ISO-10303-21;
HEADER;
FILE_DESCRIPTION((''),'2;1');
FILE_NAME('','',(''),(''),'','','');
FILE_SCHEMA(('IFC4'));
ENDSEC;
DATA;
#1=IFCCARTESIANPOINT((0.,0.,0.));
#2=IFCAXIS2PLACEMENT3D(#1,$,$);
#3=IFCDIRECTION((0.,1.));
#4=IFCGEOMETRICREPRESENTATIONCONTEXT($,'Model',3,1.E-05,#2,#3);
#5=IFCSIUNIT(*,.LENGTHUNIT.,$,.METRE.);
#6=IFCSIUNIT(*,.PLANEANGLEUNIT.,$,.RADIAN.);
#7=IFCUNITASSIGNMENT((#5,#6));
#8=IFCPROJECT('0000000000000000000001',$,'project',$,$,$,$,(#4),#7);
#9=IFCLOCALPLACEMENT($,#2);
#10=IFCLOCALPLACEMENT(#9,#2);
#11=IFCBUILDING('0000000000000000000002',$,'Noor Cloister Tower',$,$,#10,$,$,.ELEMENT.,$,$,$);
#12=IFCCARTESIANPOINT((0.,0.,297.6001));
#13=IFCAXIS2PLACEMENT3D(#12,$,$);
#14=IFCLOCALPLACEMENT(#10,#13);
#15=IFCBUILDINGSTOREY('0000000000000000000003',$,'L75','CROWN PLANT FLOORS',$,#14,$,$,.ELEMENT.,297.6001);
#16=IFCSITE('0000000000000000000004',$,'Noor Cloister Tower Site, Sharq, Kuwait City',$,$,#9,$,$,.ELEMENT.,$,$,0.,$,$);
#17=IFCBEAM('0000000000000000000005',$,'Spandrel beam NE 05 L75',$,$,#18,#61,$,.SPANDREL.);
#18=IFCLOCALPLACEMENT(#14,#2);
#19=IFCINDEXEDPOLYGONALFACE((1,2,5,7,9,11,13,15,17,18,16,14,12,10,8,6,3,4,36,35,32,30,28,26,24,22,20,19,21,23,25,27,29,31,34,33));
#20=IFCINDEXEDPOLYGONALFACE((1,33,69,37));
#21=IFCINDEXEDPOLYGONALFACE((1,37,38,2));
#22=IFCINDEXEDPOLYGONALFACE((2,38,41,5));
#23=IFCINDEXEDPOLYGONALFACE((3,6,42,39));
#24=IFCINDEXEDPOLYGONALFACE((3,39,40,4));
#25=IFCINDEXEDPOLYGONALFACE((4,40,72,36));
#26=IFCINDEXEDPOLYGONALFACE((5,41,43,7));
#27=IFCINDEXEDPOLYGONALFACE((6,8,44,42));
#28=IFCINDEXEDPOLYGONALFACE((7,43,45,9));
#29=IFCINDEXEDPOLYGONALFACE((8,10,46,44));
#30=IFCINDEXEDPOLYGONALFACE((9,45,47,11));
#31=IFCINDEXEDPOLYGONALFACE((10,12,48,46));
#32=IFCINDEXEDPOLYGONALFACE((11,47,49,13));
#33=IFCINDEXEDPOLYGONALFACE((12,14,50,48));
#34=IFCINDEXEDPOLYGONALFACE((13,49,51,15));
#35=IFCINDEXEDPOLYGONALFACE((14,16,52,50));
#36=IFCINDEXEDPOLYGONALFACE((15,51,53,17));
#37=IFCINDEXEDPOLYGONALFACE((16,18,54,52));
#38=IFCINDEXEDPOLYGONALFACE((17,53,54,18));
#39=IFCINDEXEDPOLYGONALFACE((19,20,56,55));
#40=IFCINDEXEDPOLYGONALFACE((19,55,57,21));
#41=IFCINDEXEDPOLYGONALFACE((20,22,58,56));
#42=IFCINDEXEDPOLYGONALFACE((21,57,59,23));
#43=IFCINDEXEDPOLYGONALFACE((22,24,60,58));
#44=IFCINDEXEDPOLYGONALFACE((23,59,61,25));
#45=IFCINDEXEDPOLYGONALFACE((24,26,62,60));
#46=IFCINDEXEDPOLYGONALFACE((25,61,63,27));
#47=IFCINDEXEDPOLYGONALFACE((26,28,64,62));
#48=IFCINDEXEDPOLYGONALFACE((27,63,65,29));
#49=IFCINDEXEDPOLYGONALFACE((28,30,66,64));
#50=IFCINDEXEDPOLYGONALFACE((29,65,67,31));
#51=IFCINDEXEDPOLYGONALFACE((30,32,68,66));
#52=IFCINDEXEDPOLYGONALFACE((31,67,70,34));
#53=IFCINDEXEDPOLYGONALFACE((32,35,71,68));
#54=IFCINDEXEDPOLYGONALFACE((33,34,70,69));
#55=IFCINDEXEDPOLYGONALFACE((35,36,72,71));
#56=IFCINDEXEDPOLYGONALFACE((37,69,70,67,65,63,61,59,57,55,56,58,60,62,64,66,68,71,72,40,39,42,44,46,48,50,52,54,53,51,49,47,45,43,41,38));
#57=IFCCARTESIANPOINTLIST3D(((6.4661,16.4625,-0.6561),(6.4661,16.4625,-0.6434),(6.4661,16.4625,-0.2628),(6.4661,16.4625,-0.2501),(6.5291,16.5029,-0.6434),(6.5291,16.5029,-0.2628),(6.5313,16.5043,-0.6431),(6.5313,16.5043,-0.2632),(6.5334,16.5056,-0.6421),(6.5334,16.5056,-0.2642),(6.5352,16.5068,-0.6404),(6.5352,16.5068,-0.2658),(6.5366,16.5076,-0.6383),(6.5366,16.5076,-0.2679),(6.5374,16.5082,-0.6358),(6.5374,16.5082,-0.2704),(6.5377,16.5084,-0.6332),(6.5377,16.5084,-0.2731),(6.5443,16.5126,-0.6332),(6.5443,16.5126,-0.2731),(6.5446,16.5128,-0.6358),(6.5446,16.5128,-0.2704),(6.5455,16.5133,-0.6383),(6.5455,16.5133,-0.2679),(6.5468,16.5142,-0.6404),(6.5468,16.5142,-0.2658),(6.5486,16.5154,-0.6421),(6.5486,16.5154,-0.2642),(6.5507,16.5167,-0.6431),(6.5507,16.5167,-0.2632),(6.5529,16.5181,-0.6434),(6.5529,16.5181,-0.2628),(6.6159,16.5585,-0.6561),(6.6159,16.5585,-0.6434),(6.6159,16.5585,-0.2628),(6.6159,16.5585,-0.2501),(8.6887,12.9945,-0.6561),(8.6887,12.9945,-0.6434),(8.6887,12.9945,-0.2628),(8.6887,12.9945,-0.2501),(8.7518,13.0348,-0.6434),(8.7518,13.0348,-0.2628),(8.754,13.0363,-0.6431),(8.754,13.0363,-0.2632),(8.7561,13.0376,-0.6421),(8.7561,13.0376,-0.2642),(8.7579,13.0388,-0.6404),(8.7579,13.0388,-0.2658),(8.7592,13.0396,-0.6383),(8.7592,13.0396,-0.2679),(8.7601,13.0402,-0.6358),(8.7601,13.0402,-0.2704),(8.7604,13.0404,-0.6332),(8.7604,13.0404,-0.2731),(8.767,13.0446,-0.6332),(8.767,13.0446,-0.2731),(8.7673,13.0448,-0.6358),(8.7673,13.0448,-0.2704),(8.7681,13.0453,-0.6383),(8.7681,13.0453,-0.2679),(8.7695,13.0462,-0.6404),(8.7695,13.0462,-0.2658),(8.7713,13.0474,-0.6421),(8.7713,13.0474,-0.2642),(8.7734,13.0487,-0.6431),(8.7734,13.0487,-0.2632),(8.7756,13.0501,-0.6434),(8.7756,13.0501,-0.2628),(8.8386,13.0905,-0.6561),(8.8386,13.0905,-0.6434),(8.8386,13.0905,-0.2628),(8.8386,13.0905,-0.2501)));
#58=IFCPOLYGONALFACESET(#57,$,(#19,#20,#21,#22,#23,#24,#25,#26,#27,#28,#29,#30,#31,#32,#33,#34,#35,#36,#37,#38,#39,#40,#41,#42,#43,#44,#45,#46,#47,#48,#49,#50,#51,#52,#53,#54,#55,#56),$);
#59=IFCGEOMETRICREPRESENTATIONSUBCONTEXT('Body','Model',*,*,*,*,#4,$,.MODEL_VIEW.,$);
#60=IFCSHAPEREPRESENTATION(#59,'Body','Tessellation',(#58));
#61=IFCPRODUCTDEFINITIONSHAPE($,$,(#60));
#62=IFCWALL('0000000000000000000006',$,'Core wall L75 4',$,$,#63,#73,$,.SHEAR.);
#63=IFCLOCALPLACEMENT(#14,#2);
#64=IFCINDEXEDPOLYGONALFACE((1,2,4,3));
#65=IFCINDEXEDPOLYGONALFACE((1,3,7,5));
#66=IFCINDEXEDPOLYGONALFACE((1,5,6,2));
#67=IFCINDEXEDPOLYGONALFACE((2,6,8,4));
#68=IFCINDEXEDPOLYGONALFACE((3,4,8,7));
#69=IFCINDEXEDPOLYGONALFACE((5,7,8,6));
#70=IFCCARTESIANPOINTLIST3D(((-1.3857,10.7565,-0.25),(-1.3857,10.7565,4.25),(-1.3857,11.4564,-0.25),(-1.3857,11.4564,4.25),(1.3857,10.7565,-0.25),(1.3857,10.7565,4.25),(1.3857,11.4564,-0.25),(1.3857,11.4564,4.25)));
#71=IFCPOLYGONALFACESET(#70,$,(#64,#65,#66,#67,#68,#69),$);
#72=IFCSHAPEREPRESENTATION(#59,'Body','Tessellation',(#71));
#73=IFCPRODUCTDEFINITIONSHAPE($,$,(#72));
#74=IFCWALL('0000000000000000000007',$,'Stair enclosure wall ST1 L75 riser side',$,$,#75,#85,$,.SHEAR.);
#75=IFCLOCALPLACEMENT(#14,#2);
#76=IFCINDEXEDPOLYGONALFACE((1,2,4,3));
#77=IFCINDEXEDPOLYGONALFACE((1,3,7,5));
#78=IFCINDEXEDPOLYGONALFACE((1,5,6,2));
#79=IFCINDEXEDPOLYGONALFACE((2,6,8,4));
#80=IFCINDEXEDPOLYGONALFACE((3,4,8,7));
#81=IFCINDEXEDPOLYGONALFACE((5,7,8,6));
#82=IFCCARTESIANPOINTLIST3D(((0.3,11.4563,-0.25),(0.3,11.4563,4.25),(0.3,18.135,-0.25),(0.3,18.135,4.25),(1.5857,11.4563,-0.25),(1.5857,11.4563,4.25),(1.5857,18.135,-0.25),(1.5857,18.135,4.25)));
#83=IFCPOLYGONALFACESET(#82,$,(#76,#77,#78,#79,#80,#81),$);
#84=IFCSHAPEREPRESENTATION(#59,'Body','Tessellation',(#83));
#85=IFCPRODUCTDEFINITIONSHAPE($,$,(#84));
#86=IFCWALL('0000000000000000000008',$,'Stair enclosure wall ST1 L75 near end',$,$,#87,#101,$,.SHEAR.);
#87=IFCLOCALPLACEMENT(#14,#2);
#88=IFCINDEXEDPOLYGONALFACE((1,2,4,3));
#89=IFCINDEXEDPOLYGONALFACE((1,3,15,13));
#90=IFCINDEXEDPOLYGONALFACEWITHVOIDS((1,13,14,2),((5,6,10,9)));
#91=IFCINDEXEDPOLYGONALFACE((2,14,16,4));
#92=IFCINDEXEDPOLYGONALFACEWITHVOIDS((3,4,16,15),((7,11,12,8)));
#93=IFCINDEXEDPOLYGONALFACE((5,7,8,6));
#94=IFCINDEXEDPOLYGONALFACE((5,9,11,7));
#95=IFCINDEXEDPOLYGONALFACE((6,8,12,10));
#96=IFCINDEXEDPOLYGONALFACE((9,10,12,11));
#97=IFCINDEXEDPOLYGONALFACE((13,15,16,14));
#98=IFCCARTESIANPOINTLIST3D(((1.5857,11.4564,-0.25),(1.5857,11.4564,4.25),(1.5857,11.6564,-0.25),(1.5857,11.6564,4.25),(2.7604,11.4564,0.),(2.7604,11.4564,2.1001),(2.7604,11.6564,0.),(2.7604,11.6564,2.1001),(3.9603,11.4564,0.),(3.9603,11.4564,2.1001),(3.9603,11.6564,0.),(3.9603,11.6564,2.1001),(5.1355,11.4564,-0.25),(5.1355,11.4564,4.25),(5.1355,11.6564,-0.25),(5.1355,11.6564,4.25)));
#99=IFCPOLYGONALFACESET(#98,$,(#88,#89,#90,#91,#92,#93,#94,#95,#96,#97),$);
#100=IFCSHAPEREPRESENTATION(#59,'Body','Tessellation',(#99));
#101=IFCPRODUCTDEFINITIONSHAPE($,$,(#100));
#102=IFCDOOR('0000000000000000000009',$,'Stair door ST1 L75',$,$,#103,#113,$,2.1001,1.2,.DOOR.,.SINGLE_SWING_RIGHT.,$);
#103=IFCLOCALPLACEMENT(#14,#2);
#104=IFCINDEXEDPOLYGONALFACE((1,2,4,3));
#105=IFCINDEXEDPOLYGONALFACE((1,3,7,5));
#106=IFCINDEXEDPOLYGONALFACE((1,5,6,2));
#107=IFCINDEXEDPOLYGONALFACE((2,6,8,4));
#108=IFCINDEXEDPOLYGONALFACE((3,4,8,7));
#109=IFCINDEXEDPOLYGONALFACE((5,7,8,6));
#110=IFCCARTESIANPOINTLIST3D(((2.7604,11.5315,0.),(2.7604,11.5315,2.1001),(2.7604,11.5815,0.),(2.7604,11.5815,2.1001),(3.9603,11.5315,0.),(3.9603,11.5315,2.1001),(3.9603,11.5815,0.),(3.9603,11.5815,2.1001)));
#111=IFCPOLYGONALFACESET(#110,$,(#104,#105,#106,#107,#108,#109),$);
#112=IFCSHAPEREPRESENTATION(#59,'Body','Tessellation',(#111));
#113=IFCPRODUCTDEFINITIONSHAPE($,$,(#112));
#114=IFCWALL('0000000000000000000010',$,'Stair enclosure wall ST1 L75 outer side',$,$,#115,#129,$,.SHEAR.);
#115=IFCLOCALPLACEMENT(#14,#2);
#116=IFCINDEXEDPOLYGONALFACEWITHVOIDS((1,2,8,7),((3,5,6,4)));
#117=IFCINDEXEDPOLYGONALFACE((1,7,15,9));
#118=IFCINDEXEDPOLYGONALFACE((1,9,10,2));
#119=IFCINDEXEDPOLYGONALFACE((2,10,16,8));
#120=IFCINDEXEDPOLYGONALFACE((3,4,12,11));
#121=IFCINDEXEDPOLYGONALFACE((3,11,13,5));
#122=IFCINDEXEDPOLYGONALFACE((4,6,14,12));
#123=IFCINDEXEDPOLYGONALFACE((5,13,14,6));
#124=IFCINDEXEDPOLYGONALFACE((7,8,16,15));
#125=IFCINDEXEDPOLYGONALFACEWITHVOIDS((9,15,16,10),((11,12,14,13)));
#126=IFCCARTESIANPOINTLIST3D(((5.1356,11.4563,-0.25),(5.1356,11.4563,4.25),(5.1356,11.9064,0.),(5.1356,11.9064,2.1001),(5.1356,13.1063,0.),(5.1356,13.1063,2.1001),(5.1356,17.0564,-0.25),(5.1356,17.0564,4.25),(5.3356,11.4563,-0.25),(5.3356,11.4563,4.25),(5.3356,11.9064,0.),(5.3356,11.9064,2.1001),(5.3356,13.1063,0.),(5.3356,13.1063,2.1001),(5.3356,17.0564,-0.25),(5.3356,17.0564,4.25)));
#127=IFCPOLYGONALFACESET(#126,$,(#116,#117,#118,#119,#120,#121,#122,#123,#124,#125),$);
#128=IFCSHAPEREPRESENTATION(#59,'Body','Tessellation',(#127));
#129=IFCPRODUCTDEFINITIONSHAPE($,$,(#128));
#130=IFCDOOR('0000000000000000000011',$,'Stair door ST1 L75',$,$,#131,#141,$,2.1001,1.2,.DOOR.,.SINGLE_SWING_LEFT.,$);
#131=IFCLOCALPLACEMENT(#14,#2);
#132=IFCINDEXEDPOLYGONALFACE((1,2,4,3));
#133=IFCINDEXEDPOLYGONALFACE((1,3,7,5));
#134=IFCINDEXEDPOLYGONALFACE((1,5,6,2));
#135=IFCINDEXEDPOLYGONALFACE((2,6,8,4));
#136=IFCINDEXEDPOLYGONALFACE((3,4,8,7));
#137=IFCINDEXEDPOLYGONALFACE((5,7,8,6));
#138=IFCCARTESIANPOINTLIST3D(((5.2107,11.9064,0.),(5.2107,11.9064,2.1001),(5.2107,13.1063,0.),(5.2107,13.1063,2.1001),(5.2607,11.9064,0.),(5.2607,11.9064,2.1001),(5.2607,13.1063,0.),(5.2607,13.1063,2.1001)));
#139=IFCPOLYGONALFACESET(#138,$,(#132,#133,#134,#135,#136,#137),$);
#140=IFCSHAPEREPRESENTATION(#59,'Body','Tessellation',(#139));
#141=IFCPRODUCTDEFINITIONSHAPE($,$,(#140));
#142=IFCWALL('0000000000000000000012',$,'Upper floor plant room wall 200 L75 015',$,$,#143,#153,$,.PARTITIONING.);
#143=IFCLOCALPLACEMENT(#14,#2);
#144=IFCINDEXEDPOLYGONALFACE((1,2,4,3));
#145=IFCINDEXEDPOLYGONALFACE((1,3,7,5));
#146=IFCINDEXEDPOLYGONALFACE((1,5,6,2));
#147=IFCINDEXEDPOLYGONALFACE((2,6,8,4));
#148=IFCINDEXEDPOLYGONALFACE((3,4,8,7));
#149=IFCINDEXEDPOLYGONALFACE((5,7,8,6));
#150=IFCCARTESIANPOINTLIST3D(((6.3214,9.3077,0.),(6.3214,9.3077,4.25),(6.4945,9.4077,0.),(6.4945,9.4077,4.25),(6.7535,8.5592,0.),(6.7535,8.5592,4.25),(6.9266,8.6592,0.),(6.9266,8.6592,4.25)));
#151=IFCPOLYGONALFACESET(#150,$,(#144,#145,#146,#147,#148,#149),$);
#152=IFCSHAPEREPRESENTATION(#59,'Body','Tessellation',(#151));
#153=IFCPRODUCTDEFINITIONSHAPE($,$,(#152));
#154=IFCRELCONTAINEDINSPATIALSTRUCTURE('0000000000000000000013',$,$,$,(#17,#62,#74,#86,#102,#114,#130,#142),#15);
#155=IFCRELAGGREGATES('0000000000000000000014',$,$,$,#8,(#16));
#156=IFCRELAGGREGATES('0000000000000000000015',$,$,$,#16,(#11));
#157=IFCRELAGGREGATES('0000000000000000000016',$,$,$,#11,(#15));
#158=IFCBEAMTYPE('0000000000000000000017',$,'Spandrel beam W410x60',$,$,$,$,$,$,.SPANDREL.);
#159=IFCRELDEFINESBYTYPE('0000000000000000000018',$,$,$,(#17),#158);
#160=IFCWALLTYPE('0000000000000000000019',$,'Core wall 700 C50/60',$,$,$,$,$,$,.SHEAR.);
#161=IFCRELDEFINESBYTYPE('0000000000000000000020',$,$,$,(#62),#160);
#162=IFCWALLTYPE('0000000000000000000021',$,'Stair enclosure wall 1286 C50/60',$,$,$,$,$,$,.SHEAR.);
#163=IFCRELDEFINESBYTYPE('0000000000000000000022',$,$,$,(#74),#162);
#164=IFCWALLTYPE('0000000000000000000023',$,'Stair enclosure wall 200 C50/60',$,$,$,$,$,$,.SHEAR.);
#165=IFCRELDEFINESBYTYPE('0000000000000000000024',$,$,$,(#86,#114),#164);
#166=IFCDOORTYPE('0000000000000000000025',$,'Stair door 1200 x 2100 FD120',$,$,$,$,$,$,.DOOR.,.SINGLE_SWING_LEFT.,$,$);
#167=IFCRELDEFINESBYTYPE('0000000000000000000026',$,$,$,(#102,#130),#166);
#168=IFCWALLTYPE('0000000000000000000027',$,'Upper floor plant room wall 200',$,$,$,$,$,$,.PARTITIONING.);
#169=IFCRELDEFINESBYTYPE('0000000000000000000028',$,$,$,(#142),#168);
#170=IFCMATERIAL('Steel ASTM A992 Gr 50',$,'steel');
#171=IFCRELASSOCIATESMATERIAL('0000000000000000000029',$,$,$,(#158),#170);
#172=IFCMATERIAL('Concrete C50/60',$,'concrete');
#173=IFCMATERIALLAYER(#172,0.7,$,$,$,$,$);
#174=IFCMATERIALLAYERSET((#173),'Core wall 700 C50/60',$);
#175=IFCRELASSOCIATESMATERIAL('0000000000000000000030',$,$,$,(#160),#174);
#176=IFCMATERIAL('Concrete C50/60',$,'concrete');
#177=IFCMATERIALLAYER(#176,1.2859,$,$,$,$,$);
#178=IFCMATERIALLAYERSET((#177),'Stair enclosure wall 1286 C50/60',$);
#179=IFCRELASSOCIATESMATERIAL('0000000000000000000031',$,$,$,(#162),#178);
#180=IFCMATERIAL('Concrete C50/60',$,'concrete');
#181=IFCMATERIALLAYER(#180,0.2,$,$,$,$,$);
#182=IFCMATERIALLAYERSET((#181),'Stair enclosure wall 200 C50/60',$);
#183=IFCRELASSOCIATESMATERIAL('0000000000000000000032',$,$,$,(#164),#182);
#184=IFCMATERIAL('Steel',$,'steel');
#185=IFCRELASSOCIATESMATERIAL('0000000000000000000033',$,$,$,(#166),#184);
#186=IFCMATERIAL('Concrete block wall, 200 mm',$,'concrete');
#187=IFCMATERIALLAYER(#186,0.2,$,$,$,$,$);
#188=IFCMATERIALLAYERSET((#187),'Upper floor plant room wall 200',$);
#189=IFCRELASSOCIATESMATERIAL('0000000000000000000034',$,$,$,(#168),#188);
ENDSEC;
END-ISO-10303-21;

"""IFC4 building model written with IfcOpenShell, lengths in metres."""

from ifc_helpers import new_model, si_unit, direction, frame, frame_2d, origin, origin_2d, place, context, subcontext, project, spatial, rectangle, i_section, extrude, material, layer, layer_set, material_profile, profile_set, type_object, element, fill, save


model = new_model("IFC4")

# Units and contexts
model_context = context("Model", 3, precision=1e-05, world=origin(), true_north=direction((0.0, 1.0)))
body_context = subcontext(model_context, "Body", "Model", "MODEL_VIEW")
ifc_project = project(units=[si_unit("LENGTHUNIT", "METRE"), si_unit("PLANEANGLEUNIT", "RADIAN")], contexts=[model_context])

# Site, building, storey
site_placement = place(None, origin())
site = spatial("IfcSite", under=ifc_project, at=site_placement, Name="Noor Cloister Tower Site, Sharq, Kuwait City", CompositionType="ELEMENT", RefElevation=0.0)
building_placement = place(site_placement, origin())
building = spatial("IfcBuilding", under=site, at=building_placement, Name="Noor Cloister Tower", CompositionType="ELEMENT")
storey_placement = place(building_placement, frame((0.0, 0.0, 297.6001)))
storey = spatial("IfcBuildingStorey", under=building, at=storey_placement, Name="L75", Description="CROWN PLANT FLOORS", CompositionType="ELEMENT", Elevation=297.6001)

# Beam
ifc_material_1 = material(Name="Steel ASTM A992 Gr 50", Category="steel")
ifc_material_profile_1 = material_profile(ifc_material_1, i_section(OverallWidth=0.178, OverallDepth=0.406, WebThickness=0.0078, FlangeThickness=0.0127, FilletRadius=0.0103, at=origin_2d()), Name="W410x60")
ifc_profile_set_1 = profile_set([ifc_material_profile_1], Name="Steel ASTM A992 Gr 50")
beam_type_1 = type_object("IfcBeamType", Name="Spandrel beam W410x60", PredefinedType="SPANDREL", material=ifc_profile_set_1)
beam_1_placement = place(storey_placement, frame((8.7637, 13.0425, -0.4531), z_axis=(-0.539592, 0.841927, 0.0), x_axis=(-0.841927, -0.539592, 0.0)))
element("IfcBeam", 1, at=beam_1_placement, inside=storey, type_object=beam_type_1, Name="Spandrel beam NE 05 L75", PredefinedType="SPANDREL", context=body_context, shape_type="SweptSolid", body=[
    extrude(i_section(OverallWidth=0.178, OverallDepth=0.406, WebThickness=0.0078, FlangeThickness=0.0127, FilletRadius=0.0103, at=origin_2d()), origin(), (0.0, 0.0, 1.0), 4.1191),
])

# Walls
ifc_material_2 = material(Name="Concrete C50/60", Category="concrete")
ifc_layer_1 = layer(ifc_material_2, 0.7)
ifc_layer_set_1 = layer_set([ifc_layer_1], Name="Core wall 700 C50/60")
wall_type_1 = type_object("IfcWallType", Name="Core wall 700 C50/60", PredefinedType="SHEAR", material=ifc_layer_set_1)
wall_1_placement = place(storey_placement, frame((1.3857, 11.1064, -0.25), z_axis=(0.0, 0.0, 1.0), x_axis=(-1.0, 0.0, 0.0)))
element("IfcWall", 2, at=wall_1_placement, inside=storey, type_object=wall_type_1, Name="Core wall L75 4", PredefinedType="SHEAR", context=body_context, shape_type="SweptSolid", body=[
    extrude(rectangle(XDim=2.7715, YDim=0.7, at=frame_2d((1.3857, 0.0))), origin(), (0.0, 0.0, 1.0), 4.5),
])
ifc_material_3 = material(Name="Concrete C50/60", Category="concrete")
ifc_layer_2 = layer(ifc_material_3, 1.2859)
ifc_layer_set_2 = layer_set([ifc_layer_2], Name="Stair enclosure wall 1286 C50/60")
wall_type_2 = type_object("IfcWallType", Name="Stair enclosure wall 1286 C50/60", PredefinedType="SHEAR", material=ifc_layer_set_2)
wall_2_placement = place(storey_placement, frame((0.9429, 11.4563, -0.25), z_axis=(0.0, 0.0, 1.0), x_axis=(0.0, 1.0, 0.0)))
element("IfcWall", 3, at=wall_2_placement, inside=storey, type_object=wall_type_2, Name="Stair enclosure wall ST1 L75 riser side", PredefinedType="SHEAR", context=body_context, shape_type="SweptSolid", body=[
    extrude(rectangle(XDim=6.6787, YDim=1.2856, at=frame_2d((3.3394, 0.0))), origin(), (0.0, 0.0, 1.0), 4.5),
])

# Walls, openings, doors
ifc_material_4 = material(Name="Concrete C50/60", Category="concrete")
ifc_layer_3 = layer(ifc_material_4, 0.2)
ifc_layer_set_3 = layer_set([ifc_layer_3], Name="Stair enclosure wall 200 C50/60")
wall_type_3 = type_object("IfcWallType", Name="Stair enclosure wall 200 C50/60", PredefinedType="SHEAR", material=ifc_layer_set_3)
wall_3_placement = place(storey_placement, frame((5.1355, 11.5564, -0.25), z_axis=(0.0, 0.0, 1.0), x_axis=(-1.0, 0.0, 0.0)))
wall_3 = element("IfcWall", 4, at=wall_3_placement, inside=storey, type_object=wall_type_3, Name="Stair enclosure wall ST1 L75 near end", PredefinedType="SHEAR", context=body_context, shape_type="SweptSolid", body=[
    extrude(rectangle(XDim=3.5498, YDim=0.2, at=frame_2d((1.7749, 0.0))), origin(), (0.0, 0.0, 1.0), 4.5),
])
opening_1_placement = place(wall_3_placement, frame((1.175, 0.0, 0.25)))
opening_1 = element("IfcOpeningElement", 5, at=opening_1_placement, cuts=wall_3, PredefinedType="OPENING", context=body_context, shape_type="SweptSolid", body=[
    extrude(rectangle(XDim=1.2, YDim=2.1001, at=frame_2d((0.6001, 1.05))), frame((0.0, 0.1099, 0.0), z_axis=(0.0, -1.0, 0.0), x_axis=(1.0, 0.0, 0.0)), (0.0, 0.0, 1.0), 0.22),
])
ifc_material_5 = material(Name="Steel", Category="steel")
door_type_1 = type_object("IfcDoorType", Name="Stair door 1200 x 2100 FD120", OperationType="SINGLE_SWING_LEFT", PredefinedType="DOOR", material=ifc_material_5)
door_1_placement = place(opening_1_placement, origin())
door_1 = element("IfcDoor", 6, at=door_1_placement, inside=storey, type_object=door_type_1, Name="Stair door ST1 L75", OperationType="SINGLE_SWING_RIGHT", OverallHeight=2.1001, OverallWidth=1.2, PredefinedType="DOOR", context=body_context, shape_type="SweptSolid", body=[
    extrude(rectangle(XDim=1.2, YDim=2.1001, at=frame_2d((0.6001, 1.05))), frame((0.0, 0.0249, 0.0), z_axis=(0.0, -1.0, 0.0), x_axis=(1.0, 0.0, 0.0)), (0.0, 0.0, 1.0), 0.05),
])
fill(opening_1, door_1)
wall_4_placement = place(storey_placement, frame((5.2356, 11.4563, -0.25), z_axis=(0.0, 0.0, 1.0), x_axis=(0.0, 1.0, 0.0)))
wall_4 = element("IfcWall", 7, at=wall_4_placement, inside=storey, type_object=wall_type_3, Name="Stair enclosure wall ST1 L75 outer side", PredefinedType="SHEAR", context=body_context, shape_type="SweptSolid", body=[
    extrude(rectangle(XDim=5.6001, YDim=0.2, at=frame_2d((2.8, 0.0))), origin(), (0.0, 0.0, 1.0), 4.5),
])
opening_2_placement = place(wall_4_placement, frame((0.45, 0.0, 0.25)))
opening_2 = element("IfcOpeningElement", 8, at=opening_2_placement, cuts=wall_4, PredefinedType="OPENING", context=body_context, shape_type="SweptSolid", body=[
    extrude(rectangle(XDim=1.2, YDim=2.1001, at=frame_2d((0.6001, 1.05))), frame((0.0, 0.1099, 0.0), z_axis=(0.0, -1.0, 0.0), x_axis=(1.0, 0.0, 0.0)), (0.0, 0.0, 1.0), 0.22),
])
door_2_placement = place(opening_2_placement, origin())
door_2 = element("IfcDoor", 9, at=door_2_placement, inside=storey, type_object=door_type_1, Name="Stair door ST1 L75", OperationType="SINGLE_SWING_LEFT", OverallHeight=2.1001, OverallWidth=1.2, PredefinedType="DOOR", context=body_context, shape_type="SweptSolid", body=[
    extrude(rectangle(XDim=1.2, YDim=2.1001, at=frame_2d((0.6001, 1.05))), frame((0.0, 0.0249, 0.0), z_axis=(0.0, -1.0, 0.0), x_axis=(1.0, 0.0, 0.0)), (0.0, 0.0, 1.0), 0.05),
])
fill(opening_2, door_2)

# Wall
ifc_material_6 = material(Name="Concrete block wall, 200 mm", Category="concrete")
ifc_layer_4 = layer(ifc_material_6, 0.2)
ifc_layer_set_4 = layer_set([ifc_layer_4], Name="Upper floor plant room wall 200")
wall_type_4 = type_object("IfcWallType", Name="Upper floor plant room wall 200", PredefinedType="PARTITIONING", material=ifc_layer_set_4)
wall_5_placement = place(storey_placement, frame((6.408, 9.3577, 0.0), z_axis=(0.0, 0.0, 1.0), x_axis=(0.499967, -0.866044, 0.0)))
element("IfcWall", 10, at=wall_5_placement, inside=storey, type_object=wall_type_4, Name="Upper floor plant room wall 200 L75 015", PredefinedType="PARTITIONING", context=body_context, shape_type="SweptSolid", body=[
    extrude(rectangle(XDim=0.8643, YDim=0.2, at=frame_2d((0.4321, 0.0))), origin(), (0.0, 0.0, 1.0), 4.25),
])

save(model, "model.ifc")
